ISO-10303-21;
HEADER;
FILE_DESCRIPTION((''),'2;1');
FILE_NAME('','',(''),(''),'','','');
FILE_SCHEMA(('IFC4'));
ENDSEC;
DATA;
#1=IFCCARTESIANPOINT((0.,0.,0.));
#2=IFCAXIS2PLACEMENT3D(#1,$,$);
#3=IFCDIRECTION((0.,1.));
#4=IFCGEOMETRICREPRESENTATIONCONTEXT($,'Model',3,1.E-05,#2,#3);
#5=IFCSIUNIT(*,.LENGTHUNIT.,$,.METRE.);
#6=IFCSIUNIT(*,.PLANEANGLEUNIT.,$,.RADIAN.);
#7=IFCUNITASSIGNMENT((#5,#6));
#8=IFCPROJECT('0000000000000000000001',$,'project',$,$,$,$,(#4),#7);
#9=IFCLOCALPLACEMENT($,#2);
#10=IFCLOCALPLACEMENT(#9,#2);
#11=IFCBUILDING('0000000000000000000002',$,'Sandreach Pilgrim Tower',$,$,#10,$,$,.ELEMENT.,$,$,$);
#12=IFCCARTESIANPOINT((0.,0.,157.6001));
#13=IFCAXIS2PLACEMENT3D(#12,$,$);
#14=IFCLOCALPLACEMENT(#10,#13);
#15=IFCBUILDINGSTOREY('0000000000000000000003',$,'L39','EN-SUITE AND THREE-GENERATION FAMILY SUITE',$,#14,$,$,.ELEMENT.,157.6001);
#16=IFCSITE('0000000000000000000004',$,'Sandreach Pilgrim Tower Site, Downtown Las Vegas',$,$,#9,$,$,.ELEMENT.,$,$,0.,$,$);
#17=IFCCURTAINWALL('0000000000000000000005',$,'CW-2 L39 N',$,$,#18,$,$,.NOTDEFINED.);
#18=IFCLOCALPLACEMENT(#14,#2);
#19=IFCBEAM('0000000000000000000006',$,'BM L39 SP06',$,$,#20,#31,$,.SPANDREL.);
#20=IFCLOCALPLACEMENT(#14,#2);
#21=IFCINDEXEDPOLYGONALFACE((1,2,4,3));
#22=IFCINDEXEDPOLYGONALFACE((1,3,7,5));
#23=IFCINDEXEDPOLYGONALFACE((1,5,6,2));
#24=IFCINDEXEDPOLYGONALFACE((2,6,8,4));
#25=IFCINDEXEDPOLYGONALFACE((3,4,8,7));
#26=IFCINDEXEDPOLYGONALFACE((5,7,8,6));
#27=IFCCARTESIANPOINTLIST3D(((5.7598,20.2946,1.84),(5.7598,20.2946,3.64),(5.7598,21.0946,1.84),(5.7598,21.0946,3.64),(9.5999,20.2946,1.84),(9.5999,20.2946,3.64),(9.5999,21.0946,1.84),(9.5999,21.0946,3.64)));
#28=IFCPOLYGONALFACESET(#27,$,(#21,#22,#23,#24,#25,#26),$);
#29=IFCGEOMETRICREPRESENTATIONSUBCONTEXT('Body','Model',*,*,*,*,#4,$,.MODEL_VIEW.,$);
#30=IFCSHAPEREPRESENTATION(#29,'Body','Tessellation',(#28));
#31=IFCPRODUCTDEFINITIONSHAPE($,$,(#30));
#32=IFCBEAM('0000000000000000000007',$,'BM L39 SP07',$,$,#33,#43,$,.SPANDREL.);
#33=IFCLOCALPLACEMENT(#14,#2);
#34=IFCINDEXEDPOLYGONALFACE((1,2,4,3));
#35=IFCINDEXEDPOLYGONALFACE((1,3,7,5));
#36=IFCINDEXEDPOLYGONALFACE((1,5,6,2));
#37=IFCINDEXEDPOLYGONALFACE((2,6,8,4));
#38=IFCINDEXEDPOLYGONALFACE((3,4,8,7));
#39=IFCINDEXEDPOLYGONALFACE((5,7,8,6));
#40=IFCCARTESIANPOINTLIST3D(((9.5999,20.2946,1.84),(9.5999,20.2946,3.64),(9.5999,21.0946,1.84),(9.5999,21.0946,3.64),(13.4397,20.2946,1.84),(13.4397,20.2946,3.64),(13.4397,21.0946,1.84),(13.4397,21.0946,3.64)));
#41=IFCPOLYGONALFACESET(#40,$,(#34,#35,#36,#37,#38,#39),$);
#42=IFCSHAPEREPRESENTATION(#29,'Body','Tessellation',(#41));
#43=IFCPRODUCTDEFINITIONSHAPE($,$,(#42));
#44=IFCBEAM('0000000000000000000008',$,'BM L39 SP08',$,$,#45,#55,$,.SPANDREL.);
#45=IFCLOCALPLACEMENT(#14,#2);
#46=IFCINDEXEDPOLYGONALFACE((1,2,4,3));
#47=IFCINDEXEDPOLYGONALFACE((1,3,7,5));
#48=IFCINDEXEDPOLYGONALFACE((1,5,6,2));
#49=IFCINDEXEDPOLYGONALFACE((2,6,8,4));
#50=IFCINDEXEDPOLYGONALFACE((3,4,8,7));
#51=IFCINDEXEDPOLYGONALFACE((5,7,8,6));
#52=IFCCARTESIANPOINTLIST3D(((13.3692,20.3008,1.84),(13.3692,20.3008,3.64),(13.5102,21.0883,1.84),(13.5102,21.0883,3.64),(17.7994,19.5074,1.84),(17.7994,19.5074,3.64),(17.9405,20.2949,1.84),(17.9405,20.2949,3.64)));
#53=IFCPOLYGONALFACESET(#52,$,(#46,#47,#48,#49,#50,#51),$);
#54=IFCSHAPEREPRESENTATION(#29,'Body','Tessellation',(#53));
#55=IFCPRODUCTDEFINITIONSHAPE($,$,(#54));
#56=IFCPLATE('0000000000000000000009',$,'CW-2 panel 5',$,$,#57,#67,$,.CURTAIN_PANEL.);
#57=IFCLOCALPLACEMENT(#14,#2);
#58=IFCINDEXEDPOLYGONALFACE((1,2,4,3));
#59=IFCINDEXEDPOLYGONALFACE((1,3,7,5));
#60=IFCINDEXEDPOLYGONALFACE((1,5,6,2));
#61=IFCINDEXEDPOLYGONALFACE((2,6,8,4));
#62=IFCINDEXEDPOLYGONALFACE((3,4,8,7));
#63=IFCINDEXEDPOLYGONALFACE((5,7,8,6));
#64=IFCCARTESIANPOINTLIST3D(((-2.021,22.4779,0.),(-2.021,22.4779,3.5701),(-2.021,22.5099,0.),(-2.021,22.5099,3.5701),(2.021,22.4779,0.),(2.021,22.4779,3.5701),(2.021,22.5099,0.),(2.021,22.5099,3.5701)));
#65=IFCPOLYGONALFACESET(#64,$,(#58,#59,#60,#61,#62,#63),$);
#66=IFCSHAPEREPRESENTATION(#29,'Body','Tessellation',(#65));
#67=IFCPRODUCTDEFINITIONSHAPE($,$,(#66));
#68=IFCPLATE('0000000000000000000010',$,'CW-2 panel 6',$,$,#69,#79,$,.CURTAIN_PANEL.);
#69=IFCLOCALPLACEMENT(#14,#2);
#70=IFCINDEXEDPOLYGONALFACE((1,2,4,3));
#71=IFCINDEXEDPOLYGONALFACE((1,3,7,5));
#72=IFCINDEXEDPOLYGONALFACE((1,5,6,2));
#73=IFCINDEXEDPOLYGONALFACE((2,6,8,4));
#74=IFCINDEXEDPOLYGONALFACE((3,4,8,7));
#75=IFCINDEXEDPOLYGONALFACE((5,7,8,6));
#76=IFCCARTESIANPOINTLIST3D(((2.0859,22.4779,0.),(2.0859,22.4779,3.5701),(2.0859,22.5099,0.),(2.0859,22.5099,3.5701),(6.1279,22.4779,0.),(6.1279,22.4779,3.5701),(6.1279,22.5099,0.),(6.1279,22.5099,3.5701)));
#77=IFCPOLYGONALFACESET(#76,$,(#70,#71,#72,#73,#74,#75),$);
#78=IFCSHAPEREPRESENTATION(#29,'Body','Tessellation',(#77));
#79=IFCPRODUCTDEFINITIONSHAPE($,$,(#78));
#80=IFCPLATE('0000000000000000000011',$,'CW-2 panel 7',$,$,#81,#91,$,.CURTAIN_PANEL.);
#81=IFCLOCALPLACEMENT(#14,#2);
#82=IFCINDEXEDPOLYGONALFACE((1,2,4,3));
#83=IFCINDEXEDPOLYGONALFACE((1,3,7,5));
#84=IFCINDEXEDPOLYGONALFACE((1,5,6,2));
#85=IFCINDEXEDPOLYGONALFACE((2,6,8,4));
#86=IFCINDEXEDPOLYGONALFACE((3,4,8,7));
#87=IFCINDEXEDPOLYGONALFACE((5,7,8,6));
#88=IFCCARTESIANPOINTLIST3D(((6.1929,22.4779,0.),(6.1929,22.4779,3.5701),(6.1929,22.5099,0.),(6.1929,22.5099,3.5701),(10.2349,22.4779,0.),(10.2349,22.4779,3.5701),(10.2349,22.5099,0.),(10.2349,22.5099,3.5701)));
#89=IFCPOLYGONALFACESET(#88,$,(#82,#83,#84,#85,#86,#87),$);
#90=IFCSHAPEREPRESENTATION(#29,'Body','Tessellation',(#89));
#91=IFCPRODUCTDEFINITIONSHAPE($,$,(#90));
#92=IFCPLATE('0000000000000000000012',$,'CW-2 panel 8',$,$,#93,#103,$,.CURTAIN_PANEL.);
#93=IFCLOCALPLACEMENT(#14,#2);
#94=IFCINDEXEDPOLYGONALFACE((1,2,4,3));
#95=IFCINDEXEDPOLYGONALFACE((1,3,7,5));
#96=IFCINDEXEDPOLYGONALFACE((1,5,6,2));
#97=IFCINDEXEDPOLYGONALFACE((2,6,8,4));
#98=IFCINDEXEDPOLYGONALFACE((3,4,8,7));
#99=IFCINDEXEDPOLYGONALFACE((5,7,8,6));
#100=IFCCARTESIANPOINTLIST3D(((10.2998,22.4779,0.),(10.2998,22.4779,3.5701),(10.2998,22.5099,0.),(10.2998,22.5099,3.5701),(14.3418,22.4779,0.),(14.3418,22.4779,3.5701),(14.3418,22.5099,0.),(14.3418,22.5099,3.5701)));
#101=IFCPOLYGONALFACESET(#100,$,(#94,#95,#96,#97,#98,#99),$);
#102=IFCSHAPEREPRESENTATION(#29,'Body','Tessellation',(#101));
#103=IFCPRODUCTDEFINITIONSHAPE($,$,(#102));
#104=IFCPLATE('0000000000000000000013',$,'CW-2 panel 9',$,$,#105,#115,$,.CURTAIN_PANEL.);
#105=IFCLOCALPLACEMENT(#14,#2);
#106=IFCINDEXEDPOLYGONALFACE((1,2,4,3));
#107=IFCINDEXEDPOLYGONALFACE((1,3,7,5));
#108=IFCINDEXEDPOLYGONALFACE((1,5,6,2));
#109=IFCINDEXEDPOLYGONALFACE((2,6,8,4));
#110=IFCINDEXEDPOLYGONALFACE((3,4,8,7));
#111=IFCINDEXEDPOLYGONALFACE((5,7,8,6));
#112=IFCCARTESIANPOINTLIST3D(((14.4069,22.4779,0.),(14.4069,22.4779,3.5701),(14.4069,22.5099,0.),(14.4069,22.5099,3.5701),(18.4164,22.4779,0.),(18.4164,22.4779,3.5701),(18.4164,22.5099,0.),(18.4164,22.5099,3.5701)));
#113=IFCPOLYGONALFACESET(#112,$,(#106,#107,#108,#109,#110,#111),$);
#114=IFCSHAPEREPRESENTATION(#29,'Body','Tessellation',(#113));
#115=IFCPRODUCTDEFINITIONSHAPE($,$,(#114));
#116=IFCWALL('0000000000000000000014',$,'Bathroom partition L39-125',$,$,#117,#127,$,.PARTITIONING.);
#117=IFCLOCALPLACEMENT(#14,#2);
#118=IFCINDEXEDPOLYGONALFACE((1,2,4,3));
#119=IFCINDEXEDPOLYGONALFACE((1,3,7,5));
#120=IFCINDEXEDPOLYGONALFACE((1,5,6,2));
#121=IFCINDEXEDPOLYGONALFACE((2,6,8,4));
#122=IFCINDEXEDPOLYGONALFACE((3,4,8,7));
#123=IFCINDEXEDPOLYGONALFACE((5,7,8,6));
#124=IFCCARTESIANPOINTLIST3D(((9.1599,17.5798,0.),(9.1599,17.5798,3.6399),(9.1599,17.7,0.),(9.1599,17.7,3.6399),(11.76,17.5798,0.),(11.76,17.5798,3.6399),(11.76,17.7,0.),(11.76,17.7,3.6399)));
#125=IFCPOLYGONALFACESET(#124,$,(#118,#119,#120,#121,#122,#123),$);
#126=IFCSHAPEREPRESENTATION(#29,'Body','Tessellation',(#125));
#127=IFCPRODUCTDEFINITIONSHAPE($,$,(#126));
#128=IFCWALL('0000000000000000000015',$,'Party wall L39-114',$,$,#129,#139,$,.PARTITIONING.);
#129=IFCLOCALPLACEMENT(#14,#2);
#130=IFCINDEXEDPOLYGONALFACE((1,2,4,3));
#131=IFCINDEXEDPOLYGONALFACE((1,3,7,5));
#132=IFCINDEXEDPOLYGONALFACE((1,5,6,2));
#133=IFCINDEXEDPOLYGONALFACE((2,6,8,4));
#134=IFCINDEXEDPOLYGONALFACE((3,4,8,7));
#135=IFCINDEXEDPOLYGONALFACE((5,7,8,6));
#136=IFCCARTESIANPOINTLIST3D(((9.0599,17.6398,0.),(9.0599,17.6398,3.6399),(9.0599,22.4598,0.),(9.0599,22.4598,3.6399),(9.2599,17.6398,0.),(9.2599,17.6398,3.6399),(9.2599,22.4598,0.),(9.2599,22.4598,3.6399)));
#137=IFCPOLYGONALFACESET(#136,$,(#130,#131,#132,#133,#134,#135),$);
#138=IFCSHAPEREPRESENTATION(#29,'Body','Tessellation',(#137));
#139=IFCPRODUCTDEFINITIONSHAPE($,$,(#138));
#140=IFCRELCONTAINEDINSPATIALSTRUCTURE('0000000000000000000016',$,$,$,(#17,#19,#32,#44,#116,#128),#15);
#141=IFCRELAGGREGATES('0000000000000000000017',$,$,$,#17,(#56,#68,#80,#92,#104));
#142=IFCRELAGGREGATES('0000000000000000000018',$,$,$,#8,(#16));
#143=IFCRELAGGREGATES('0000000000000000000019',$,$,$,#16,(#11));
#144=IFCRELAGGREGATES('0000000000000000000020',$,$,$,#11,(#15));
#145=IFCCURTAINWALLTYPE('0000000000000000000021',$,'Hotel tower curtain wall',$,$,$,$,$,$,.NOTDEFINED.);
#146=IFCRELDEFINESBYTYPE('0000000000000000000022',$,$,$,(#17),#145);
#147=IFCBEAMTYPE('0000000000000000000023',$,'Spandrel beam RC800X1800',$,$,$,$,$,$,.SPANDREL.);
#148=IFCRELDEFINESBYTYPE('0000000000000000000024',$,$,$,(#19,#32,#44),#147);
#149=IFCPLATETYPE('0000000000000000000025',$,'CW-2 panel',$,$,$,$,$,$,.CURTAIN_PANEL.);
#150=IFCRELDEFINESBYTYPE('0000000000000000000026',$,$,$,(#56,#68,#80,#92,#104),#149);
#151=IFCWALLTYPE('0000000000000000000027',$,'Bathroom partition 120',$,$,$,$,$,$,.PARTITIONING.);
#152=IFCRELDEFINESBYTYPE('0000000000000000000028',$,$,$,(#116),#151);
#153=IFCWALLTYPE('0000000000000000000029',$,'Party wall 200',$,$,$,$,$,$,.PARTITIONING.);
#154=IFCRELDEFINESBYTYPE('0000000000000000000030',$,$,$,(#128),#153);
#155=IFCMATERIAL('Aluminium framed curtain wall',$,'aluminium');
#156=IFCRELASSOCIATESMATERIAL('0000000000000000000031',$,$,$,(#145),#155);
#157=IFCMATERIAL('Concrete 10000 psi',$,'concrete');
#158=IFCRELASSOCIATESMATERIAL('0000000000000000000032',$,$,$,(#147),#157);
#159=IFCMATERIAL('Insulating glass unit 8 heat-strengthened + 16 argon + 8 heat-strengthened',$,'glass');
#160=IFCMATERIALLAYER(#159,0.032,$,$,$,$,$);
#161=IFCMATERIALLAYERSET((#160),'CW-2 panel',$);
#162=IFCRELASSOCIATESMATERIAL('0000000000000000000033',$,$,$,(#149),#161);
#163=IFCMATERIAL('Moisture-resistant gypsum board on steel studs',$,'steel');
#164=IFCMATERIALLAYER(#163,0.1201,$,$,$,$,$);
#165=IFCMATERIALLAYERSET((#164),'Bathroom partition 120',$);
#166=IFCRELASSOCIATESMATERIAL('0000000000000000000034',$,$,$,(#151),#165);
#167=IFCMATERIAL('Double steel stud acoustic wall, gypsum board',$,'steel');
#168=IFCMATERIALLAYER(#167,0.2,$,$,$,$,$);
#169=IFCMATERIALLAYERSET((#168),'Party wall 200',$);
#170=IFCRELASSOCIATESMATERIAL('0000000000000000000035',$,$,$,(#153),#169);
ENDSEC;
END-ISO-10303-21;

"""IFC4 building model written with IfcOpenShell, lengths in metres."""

from ifc_helpers import new_model, si_unit, direction, frame, frame_2d, origin, origin_2d, place, context, subcontext, project, spatial, rectangle, extrude, material, layer, layer_set, material_profile, profile_set, type_object, element, aggregate, save


model = new_model("IFC4")

# Units and contexts
model_context = context("Model", 3, precision=1e-05, world=origin(), true_north=direction((0.0, 1.0)))
body_context = subcontext(model_context, "Body", "Model", "MODEL_VIEW")
ifc_project = project(units=[si_unit("LENGTHUNIT", "METRE"), si_unit("PLANEANGLEUNIT", "RADIAN")], contexts=[model_context])

# Site, building, storey
site_placement = place(None, origin())
site = spatial("IfcSite", under=ifc_project, at=site_placement, Name="Sandreach Pilgrim Tower Site, Downtown Las Vegas", CompositionType="ELEMENT", RefElevation=0.0)
building_placement = place(site_placement, origin())
building = spatial("IfcBuilding", under=site, at=building_placement, Name="Sandreach Pilgrim Tower", CompositionType="ELEMENT")
storey_placement = place(building_placement, frame((0.0, 0.0, 157.6001)))
storey = spatial("IfcBuildingStorey", under=building, at=storey_placement, Name="L39", Description="EN-SUITE AND THREE-GENERATION FAMILY SUITE", CompositionType="ELEMENT", Elevation=157.6001)

# Curtain wall
ifc_material_1 = material(Name="Aluminium framed curtain wall", Category="aluminium")
curtain_wall_type = type_object("IfcCurtainWallType", Name="Hotel tower curtain wall", PredefinedType="NOTDEFINED", material=ifc_material_1)
curtain_wall_placement = place(storey_placement, origin())
curtain_wall = element("IfcCurtainWall", 1, at=curtain_wall_placement, inside=storey, type_object=curtain_wall_type, Name="CW-2 L39 N", PredefinedType="NOTDEFINED")

# Beams
ifc_material_2 = material(Name="Concrete 10000 psi", Category="concrete")
ifc_material_profile_1 = material_profile(ifc_material_2, rectangle(XDim=0.8, YDim=1.8, at=origin_2d()), Name="RC800X1800")
ifc_profile_set_1 = profile_set([ifc_material_profile_1], Name="Concrete 10000 psi")
beam_type_1 = type_object("IfcBeamType", Name="Spandrel beam RC800X1800", PredefinedType="SPANDREL", material=ifc_profile_set_1)
beam_1_placement = place(storey_placement, frame((5.7598, 20.6946, 2.74), z_axis=(1.0, 0.0, 0.0), x_axis=(0.0, 1.0, 0.0)))
element("IfcBeam", 2, at=beam_1_placement, inside=storey, type_object=beam_type_1, Name="BM L39 SP06", PredefinedType="SPANDREL", context=body_context, shape_type="SweptSolid", body=[
    extrude(rectangle(XDim=0.8, YDim=1.8, at=origin_2d()), origin(), (0.0, 0.0, 1.0), 3.8401),
])
beam_2_placement = place(storey_placement, frame((9.5999, 20.6946, 2.74), z_axis=(1.0, 0.0, 0.0), x_axis=(0.0, 1.0, 0.0)))
element("IfcBeam", 3, at=beam_2_placement, inside=storey, type_object=beam_type_1, Name="BM L39 SP07", PredefinedType="SPANDREL", context=body_context, shape_type="SweptSolid", body=[
    extrude(rectangle(XDim=0.8, YDim=1.8, at=origin_2d()), origin(), (0.0, 0.0, 1.0), 3.8398),
])
beam_3_placement = place(storey_placement, frame((13.4397, 20.6946, 2.74), z_axis=(0.984337, -0.176298, 0.0), x_axis=(0.176298, 0.984337, 0.0)))
element("IfcBeam", 4, at=beam_3_placement, inside=storey, type_object=beam_type_1, Name="BM L39 SP08", PredefinedType="SPANDREL", context=body_context, shape_type="SweptSolid", body=[
    extrude(rectangle(XDim=0.8, YDim=1.8, at=origin_2d()), origin(), (0.0, 0.0, 1.0), 4.5007),
])

# Plates
ifc_material_3 = material(Name="Insulating glass unit 8 heat-strengthened + 16 argon + 8 heat-strengthened", Category="glass")
ifc_layer_1 = layer(ifc_material_3, 0.032)
ifc_layer_set_1 = layer_set([ifc_layer_1], Name="CW-2 panel")
plate_type = type_object("IfcPlateType", Name="CW-2 panel", PredefinedType="CURTAIN_PANEL", material=ifc_layer_set_1)
plate_1_placement = place(storey_placement, frame((0.0, 22.4939, 0.0), z_axis=(0.0, 0.0, 1.0), x_axis=(1.0, 0.0, 0.0)))
plate_1 = element("IfcPlate", 5, at=plate_1_placement, type_object=plate_type, Name="CW-2 panel 5", PredefinedType="CURTAIN_PANEL", context=body_context, shape_type="SweptSolid", body=[
    extrude(rectangle(XDim=4.042, YDim=0.032, at=origin_2d()), origin(), (0.0, 0.0, 1.0), 3.5701),
])
plate_2_placement = place(storey_placement, frame((4.1069, 22.4939, 0.0), z_axis=(0.0, 0.0, 1.0), x_axis=(1.0, 0.0, 0.0)))
plate_2 = element("IfcPlate", 6, at=plate_2_placement, type_object=plate_type, Name="CW-2 panel 6", PredefinedType="CURTAIN_PANEL", context=body_context, shape_type="SweptSolid", body=[
    extrude(rectangle(XDim=4.042, YDim=0.032, at=origin_2d()), origin(), (0.0, 0.0, 1.0), 3.5701),
])
plate_3_placement = place(storey_placement, frame((8.2139, 22.4939, 0.0), z_axis=(0.0, 0.0, 1.0), x_axis=(1.0, 0.0, 0.0)))
plate_3 = element("IfcPlate", 7, at=plate_3_placement, type_object=plate_type, Name="CW-2 panel 7", PredefinedType="CURTAIN_PANEL", context=body_context, shape_type="SweptSolid", body=[
    extrude(rectangle(XDim=4.042, YDim=0.032, at=origin_2d()), origin(), (0.0, 0.0, 1.0), 3.5701),
])
plate_4_placement = place(storey_placement, frame((12.3208, 22.4939, 0.0), z_axis=(0.0, 0.0, 1.0), x_axis=(1.0, 0.0, 0.0)))
plate_4 = element("IfcPlate", 8, at=plate_4_placement, type_object=plate_type, Name="CW-2 panel 8", PredefinedType="CURTAIN_PANEL", context=body_context, shape_type="SweptSolid", body=[
    extrude(rectangle(XDim=4.042, YDim=0.032, at=origin_2d()), origin(), (0.0, 0.0, 1.0), 3.5701),
])
plate_5_placement = place(storey_placement, frame((16.4116, 22.4939, 0.0), z_axis=(0.0, 0.0, 1.0), x_axis=(1.0, 0.0, 0.0)))
plate_5 = element("IfcPlate", 9, at=plate_5_placement, type_object=plate_type, Name="CW-2 panel 9", PredefinedType="CURTAIN_PANEL", context=body_context, shape_type="SweptSolid", body=[
    extrude(rectangle(XDim=4.0095, YDim=0.032, at=origin_2d()), origin(), (0.0, 0.0, 1.0), 3.5701),
])
aggregate(curtain_wall, [plate_1, plate_2, plate_3, plate_4, plate_5])

# Walls
ifc_material_4 = material(Name="Moisture-resistant gypsum board on steel studs", Category="steel")
ifc_layer_2 = layer(ifc_material_4, 0.1201)
ifc_layer_set_2 = layer_set([ifc_layer_2], Name="Bathroom partition 120")
wall_type_1 = type_object("IfcWallType", Name="Bathroom partition 120", PredefinedType="PARTITIONING", material=ifc_layer_set_2)
wall_1_placement = place(storey_placement, frame((11.76, 17.6399, 0.0), z_axis=(0.0, 0.0, 1.0), x_axis=(-1.0, 0.0, 0.0)))
element("IfcWall", 10, at=wall_1_placement, inside=storey, type_object=wall_type_1, Name="Bathroom partition L39-125", PredefinedType="PARTITIONING", context=body_context, shape_type="SweptSolid", body=[
    extrude(rectangle(XDim=2.6001, YDim=0.1201, at=frame_2d((1.3, 0.0))), origin(), (0.0, 0.0, 1.0), 3.6399),
])
ifc_material_5 = material(Name="Double steel stud acoustic wall, gypsum board", Category="steel")
ifc_layer_3 = layer(ifc_material_5, 0.2)
ifc_layer_set_3 = layer_set([ifc_layer_3], Name="Party wall 200")
wall_type_2 = type_object("IfcWallType", Name="Party wall 200", PredefinedType="PARTITIONING", material=ifc_layer_set_3)
wall_2_placement = place(storey_placement, frame((9.1599, 22.46, 0.0), z_axis=(0.0, 0.0, 1.0), x_axis=(0.0, -1.0, 0.0)))
element("IfcWall", 11, at=wall_2_placement, inside=storey, type_object=wall_type_2, Name="Party wall L39-114", PredefinedType="PARTITIONING", context=body_context, shape_type="SweptSolid", body=[
    extrude(rectangle(XDim=4.8201, YDim=0.2, at=frame_2d((2.4102, 0.0))), origin(), (0.0, 0.0, 1.0), 3.6399),
])

save(model, "model.ifc")
